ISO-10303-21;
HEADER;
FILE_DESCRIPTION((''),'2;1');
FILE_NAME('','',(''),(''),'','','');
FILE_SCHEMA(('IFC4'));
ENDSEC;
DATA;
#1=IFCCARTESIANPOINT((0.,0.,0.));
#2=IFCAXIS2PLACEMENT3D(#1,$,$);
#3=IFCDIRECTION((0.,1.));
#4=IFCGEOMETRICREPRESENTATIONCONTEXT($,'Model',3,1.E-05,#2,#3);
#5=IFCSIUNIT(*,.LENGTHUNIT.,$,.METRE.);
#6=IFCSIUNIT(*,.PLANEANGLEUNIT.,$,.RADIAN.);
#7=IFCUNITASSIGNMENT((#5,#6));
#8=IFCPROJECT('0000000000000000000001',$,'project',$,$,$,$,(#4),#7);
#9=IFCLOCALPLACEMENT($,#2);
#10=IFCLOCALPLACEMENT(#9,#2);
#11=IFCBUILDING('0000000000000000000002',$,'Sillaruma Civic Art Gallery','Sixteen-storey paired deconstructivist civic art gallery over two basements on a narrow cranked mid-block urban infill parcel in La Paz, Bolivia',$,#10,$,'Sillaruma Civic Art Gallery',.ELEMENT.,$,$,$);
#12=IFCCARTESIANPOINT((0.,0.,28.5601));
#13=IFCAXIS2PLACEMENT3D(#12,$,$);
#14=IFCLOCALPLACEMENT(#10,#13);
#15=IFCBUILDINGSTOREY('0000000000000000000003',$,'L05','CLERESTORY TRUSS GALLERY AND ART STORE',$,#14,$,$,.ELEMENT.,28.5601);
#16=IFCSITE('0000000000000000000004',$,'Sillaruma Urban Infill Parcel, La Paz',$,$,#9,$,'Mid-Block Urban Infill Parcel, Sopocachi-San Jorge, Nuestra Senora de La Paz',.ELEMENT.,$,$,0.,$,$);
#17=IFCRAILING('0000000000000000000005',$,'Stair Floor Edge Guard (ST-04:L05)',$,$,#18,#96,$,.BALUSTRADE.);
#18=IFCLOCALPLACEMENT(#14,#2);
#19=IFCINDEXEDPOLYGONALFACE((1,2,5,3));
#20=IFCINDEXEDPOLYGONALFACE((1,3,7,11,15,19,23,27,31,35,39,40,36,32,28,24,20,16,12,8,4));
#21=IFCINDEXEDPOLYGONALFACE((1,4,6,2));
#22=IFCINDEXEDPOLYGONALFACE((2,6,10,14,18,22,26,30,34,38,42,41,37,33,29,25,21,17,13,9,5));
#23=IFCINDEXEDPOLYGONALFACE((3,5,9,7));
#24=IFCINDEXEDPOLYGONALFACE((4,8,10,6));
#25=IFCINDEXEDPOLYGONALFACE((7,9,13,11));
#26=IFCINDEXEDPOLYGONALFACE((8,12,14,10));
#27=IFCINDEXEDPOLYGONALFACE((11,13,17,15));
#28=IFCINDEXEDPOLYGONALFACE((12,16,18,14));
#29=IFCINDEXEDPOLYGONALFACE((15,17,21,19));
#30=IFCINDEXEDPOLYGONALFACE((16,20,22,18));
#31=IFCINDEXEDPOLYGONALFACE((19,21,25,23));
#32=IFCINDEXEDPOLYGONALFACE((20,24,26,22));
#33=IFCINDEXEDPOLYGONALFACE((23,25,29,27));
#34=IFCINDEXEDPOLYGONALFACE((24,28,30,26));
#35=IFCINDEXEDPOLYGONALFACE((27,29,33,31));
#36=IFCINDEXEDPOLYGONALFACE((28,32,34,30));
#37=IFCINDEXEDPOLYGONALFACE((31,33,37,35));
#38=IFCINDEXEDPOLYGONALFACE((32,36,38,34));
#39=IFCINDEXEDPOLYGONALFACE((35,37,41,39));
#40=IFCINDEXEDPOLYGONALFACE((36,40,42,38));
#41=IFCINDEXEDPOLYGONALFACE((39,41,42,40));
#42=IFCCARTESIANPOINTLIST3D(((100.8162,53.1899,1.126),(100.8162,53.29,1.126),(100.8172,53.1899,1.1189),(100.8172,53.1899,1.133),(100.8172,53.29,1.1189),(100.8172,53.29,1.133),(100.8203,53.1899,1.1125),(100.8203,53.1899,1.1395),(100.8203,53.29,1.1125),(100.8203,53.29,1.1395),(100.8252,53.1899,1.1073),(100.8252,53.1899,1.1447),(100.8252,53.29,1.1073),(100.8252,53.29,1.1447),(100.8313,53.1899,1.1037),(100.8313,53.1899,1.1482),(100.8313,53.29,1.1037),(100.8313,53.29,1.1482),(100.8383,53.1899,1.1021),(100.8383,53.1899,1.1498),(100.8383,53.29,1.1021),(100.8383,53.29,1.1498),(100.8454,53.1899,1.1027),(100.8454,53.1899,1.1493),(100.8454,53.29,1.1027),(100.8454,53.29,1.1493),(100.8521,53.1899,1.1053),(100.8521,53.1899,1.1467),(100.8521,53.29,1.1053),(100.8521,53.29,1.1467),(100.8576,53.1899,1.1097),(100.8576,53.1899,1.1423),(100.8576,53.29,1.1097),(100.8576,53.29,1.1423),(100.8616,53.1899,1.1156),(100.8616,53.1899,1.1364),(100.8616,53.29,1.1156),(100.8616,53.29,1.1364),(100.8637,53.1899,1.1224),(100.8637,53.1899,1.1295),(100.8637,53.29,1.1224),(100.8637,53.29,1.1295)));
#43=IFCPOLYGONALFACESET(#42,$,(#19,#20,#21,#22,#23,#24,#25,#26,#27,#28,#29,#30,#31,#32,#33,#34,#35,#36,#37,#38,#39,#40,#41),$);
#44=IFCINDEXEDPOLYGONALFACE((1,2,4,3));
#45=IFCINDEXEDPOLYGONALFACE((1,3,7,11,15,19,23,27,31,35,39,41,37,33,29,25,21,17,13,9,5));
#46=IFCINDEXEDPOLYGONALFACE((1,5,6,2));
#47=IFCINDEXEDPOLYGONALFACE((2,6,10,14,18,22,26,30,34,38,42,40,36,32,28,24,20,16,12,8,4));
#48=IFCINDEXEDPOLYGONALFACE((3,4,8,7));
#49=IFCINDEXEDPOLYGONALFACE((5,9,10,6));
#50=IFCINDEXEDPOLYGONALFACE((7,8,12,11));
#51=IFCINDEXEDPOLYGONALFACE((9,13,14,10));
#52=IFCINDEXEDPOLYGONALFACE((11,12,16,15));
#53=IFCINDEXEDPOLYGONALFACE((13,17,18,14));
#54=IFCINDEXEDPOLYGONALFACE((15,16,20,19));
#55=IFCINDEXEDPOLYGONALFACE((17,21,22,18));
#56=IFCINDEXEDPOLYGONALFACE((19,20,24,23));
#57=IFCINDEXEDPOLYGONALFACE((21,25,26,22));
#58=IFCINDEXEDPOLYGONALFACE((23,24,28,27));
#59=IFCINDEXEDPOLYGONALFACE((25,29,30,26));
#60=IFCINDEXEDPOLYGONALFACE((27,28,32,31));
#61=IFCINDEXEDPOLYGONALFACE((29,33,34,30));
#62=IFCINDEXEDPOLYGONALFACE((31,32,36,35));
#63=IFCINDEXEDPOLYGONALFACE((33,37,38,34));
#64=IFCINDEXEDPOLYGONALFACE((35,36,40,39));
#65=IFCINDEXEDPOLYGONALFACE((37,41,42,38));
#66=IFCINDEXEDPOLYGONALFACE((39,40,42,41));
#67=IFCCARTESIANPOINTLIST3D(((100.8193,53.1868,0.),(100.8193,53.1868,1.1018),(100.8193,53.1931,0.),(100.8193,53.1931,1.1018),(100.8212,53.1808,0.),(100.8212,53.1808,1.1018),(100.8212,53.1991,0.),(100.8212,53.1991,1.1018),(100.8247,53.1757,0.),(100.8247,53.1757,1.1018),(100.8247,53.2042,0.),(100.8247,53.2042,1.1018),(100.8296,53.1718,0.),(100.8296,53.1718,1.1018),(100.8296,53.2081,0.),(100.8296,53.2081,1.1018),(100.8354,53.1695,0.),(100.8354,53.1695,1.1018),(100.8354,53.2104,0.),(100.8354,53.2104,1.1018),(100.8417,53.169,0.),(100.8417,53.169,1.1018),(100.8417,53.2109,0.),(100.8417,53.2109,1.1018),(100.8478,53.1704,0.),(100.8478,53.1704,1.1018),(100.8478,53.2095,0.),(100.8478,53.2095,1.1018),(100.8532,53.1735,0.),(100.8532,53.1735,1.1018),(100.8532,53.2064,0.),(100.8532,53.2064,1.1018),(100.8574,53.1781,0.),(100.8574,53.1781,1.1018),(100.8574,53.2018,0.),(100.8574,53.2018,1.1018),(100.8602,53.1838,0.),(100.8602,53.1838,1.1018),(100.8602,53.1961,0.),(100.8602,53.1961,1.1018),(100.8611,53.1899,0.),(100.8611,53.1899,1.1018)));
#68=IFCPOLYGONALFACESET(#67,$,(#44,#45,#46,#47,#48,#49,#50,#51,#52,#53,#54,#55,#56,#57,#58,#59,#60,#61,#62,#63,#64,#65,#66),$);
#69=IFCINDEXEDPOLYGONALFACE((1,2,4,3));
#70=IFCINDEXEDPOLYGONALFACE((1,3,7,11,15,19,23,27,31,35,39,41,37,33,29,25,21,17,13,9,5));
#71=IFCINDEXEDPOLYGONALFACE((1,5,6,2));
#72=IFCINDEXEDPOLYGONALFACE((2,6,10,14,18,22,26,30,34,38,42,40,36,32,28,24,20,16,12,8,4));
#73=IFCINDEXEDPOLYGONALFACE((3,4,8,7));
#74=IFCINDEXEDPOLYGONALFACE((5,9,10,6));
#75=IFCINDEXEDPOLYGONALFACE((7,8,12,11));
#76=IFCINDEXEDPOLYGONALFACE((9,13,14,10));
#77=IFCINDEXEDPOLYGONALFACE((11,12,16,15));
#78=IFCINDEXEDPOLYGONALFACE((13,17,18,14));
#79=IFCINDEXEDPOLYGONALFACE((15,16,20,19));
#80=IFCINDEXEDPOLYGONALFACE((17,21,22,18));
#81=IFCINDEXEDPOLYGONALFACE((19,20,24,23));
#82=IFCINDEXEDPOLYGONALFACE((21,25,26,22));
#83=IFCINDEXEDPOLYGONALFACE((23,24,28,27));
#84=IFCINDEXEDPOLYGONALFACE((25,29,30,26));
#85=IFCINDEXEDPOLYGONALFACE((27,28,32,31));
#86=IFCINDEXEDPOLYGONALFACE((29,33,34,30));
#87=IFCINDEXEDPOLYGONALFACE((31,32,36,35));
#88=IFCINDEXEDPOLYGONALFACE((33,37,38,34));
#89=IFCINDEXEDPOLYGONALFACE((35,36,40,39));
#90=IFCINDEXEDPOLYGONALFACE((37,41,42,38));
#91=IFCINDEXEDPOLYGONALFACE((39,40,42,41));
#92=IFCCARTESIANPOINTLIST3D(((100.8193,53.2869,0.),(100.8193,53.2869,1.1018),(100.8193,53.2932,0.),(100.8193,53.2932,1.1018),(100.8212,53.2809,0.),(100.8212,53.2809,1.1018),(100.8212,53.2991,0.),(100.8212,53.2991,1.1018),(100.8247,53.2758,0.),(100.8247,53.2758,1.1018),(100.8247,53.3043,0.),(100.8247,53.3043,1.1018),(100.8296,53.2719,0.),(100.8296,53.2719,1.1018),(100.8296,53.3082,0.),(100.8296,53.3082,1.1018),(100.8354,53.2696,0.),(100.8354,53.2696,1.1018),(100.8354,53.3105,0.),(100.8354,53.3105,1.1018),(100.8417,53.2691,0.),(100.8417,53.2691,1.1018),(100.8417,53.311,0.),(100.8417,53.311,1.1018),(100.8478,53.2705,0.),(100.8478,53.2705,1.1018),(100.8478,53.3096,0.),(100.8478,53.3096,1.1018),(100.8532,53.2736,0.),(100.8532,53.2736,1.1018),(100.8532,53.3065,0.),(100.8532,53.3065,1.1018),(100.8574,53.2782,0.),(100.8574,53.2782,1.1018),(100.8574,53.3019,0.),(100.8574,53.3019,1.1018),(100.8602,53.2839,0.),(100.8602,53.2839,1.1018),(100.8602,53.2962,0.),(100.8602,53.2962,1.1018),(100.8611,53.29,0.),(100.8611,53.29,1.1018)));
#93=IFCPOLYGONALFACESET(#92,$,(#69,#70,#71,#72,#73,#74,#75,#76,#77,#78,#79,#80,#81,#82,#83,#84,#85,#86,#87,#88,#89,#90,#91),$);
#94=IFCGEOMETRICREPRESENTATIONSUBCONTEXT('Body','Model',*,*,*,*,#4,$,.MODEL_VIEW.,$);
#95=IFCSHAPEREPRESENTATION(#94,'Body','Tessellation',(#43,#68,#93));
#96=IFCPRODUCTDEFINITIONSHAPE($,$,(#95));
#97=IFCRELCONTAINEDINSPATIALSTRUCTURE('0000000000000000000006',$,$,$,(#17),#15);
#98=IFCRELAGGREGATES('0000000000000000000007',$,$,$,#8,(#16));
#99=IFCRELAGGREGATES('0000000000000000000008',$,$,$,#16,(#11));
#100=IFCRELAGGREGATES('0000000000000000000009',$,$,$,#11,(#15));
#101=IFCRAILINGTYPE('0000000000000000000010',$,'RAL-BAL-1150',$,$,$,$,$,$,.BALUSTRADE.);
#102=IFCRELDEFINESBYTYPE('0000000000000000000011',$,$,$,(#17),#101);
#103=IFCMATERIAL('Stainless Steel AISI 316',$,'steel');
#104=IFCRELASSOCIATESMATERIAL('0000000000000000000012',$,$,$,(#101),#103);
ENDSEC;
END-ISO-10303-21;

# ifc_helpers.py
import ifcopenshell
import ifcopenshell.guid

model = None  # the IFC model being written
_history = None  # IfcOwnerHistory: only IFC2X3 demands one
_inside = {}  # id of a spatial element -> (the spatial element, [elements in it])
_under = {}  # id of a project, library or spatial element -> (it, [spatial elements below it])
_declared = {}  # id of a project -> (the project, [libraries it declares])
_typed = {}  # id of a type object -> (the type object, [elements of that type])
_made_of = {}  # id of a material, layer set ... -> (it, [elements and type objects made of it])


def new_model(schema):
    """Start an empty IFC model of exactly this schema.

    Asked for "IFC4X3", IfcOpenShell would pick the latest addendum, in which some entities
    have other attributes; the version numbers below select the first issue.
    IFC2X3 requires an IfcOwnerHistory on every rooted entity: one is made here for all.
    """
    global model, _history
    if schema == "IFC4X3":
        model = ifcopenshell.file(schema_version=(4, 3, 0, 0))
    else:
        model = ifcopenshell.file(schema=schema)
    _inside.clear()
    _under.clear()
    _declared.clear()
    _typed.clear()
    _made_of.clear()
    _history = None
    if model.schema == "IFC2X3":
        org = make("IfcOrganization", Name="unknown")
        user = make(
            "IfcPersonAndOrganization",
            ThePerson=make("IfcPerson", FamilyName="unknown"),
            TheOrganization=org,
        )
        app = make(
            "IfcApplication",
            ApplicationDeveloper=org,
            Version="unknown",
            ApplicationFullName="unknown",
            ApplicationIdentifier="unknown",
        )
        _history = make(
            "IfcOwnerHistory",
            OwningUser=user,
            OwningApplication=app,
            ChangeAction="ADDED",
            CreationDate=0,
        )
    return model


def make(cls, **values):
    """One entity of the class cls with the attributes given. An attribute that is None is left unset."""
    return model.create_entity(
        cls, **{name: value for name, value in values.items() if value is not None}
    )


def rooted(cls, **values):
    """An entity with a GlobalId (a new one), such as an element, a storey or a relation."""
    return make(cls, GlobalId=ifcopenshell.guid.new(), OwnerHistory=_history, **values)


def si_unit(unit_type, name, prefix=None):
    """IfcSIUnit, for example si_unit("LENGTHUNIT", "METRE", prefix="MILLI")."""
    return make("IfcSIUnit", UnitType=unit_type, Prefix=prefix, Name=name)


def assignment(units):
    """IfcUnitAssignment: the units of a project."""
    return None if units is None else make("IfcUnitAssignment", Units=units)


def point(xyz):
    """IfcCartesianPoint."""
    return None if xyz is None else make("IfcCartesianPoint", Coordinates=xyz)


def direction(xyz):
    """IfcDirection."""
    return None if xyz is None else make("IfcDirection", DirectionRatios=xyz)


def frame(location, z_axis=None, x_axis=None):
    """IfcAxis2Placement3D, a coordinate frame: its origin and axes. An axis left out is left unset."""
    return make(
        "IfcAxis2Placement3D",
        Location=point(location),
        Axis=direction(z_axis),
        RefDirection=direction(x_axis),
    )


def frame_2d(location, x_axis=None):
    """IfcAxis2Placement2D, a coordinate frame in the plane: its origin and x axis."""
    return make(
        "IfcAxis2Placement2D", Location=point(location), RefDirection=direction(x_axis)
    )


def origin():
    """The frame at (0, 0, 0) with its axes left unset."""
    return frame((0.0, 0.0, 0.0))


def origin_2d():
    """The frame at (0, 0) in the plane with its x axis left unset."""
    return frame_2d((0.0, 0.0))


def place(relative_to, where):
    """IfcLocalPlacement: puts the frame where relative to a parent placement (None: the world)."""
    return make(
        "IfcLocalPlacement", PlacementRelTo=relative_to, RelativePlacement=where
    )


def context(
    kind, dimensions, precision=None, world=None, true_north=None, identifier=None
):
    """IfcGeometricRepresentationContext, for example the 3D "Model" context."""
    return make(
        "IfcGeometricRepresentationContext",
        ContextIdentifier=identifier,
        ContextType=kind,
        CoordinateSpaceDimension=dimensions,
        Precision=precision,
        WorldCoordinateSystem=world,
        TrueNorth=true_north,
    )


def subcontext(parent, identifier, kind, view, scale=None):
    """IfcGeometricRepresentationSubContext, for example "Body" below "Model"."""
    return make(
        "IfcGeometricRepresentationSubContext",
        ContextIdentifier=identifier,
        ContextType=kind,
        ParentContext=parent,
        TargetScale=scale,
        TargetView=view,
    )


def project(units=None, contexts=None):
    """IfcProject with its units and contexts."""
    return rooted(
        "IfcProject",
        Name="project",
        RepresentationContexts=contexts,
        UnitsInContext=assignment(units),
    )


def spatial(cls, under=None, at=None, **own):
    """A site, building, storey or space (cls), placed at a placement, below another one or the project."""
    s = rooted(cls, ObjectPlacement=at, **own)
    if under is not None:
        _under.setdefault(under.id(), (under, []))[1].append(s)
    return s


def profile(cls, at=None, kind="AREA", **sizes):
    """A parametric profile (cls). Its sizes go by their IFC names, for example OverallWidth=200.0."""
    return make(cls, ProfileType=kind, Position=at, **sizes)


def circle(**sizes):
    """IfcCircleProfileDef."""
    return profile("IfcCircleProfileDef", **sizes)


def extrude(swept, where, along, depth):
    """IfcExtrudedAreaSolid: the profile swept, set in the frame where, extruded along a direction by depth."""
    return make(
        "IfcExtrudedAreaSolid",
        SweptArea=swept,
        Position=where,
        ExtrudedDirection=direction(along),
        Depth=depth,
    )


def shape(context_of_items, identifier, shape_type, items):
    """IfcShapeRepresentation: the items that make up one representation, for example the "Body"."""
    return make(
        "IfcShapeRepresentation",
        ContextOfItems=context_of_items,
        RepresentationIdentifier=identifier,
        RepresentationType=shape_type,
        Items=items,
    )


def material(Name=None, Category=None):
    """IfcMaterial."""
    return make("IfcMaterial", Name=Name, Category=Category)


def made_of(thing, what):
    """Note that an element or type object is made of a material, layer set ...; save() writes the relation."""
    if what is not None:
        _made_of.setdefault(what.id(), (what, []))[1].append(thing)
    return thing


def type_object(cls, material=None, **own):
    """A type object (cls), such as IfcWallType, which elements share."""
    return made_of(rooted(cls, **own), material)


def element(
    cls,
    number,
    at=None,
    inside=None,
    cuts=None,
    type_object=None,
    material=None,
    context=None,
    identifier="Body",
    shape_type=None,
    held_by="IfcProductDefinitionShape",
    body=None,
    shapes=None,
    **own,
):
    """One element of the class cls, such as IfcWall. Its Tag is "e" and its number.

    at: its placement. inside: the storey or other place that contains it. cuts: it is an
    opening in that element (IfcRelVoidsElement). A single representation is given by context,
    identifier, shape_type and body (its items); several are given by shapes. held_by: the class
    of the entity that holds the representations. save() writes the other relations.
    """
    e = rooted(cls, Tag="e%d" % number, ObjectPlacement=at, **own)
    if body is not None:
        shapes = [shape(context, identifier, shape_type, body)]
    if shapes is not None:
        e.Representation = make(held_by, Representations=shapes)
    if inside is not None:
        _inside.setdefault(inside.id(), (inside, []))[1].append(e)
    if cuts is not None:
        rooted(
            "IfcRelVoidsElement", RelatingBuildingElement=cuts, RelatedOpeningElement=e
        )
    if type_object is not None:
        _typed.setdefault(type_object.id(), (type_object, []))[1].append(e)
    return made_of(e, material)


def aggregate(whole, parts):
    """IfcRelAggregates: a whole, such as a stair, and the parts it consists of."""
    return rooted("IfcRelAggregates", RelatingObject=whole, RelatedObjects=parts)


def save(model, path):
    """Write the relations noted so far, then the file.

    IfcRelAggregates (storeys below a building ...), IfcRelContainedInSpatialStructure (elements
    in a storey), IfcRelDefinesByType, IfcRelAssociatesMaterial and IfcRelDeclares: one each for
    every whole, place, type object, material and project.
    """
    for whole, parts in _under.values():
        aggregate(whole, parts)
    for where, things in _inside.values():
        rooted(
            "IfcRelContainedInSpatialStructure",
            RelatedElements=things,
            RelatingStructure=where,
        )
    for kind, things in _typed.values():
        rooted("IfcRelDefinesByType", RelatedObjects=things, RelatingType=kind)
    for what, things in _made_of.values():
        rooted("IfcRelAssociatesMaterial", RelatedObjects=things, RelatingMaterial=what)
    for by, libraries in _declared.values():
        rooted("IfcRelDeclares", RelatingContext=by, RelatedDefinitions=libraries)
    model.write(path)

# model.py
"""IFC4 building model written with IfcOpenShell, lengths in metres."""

from ifc_helpers import new_model, si_unit, direction, frame, origin, origin_2d, place, context, subcontext, project, spatial, circle, extrude, material, type_object, element, save


model = new_model("IFC4")

# Units and contexts
model_context = context("Model", 3, precision=1e-05, world=origin(), true_north=direction((0.0, 1.0)))
body_context = subcontext(model_context, "Body", "Model", "MODEL_VIEW")
ifc_project = project(units=[si_unit("LENGTHUNIT", "METRE"), si_unit("PLANEANGLEUNIT", "RADIAN")], contexts=[model_context])

# Site, building, storey
site_placement = place(None, origin())
site = spatial("IfcSite", under=ifc_project, at=site_placement, Name="Sillaruma Urban Infill Parcel, La Paz", LongName="Mid-Block Urban Infill Parcel, Sopocachi-San Jorge, Nuestra Senora de La Paz", CompositionType="ELEMENT", RefElevation=0.0)
building_placement = place(site_placement, origin())
building = spatial("IfcBuilding", under=site, at=building_placement, Name="Sillaruma Civic Art Gallery", Description="Sixteen-storey paired deconstructivist civic art gallery over two basements on a narrow cranked mid-block urban infill parcel in La Paz, Bolivia", LongName="Sillaruma Civic Art Gallery", CompositionType="ELEMENT")
storey_placement = place(building_placement, frame((0.0, 0.0, 28.5601)))
storey = spatial("IfcBuildingStorey", under=building, at=storey_placement, Name="L05", Description="CLERESTORY TRUSS GALLERY AND ART STORE", CompositionType="ELEMENT", Elevation=28.5601)

# Railing
ifc_material_1 = material(Name="Stainless Steel AISI 316", Category="steel")
railing_type = type_object("IfcRailingType", Name="RAL-BAL-1150", PredefinedType="BALUSTRADE", material=ifc_material_1)
railing_1_placement = place(storey_placement, frame((100.8401, 53.1899, 0.0)))
element("IfcRailing", 1, at=railing_1_placement, inside=storey, type_object=railing_type, Name="Stair Floor Edge Guard (ST-04:L05)", PredefinedType="BALUSTRADE", context=body_context, shape_type="SweptSolid", body=[
    extrude(circle(Radius=0.0239, at=origin_2d()), frame((0.0, 0.0, 1.126), z_axis=(0.0, 1.0, 0.0), x_axis=(-1.0, 0.0, 0.0)), (0.0, 0.0, 1.0), 0.1001),
    extrude(circle(Radius=0.021, at=origin_2d()), origin(), (0.0, 0.0, 1.0), 1.1018),
    extrude(circle(Radius=0.021, at=origin_2d()), frame((0.0, 0.1001, 0.0)), (0.0, 0.0, 1.0), 1.1018),
])

save(model, "model.ifc")
